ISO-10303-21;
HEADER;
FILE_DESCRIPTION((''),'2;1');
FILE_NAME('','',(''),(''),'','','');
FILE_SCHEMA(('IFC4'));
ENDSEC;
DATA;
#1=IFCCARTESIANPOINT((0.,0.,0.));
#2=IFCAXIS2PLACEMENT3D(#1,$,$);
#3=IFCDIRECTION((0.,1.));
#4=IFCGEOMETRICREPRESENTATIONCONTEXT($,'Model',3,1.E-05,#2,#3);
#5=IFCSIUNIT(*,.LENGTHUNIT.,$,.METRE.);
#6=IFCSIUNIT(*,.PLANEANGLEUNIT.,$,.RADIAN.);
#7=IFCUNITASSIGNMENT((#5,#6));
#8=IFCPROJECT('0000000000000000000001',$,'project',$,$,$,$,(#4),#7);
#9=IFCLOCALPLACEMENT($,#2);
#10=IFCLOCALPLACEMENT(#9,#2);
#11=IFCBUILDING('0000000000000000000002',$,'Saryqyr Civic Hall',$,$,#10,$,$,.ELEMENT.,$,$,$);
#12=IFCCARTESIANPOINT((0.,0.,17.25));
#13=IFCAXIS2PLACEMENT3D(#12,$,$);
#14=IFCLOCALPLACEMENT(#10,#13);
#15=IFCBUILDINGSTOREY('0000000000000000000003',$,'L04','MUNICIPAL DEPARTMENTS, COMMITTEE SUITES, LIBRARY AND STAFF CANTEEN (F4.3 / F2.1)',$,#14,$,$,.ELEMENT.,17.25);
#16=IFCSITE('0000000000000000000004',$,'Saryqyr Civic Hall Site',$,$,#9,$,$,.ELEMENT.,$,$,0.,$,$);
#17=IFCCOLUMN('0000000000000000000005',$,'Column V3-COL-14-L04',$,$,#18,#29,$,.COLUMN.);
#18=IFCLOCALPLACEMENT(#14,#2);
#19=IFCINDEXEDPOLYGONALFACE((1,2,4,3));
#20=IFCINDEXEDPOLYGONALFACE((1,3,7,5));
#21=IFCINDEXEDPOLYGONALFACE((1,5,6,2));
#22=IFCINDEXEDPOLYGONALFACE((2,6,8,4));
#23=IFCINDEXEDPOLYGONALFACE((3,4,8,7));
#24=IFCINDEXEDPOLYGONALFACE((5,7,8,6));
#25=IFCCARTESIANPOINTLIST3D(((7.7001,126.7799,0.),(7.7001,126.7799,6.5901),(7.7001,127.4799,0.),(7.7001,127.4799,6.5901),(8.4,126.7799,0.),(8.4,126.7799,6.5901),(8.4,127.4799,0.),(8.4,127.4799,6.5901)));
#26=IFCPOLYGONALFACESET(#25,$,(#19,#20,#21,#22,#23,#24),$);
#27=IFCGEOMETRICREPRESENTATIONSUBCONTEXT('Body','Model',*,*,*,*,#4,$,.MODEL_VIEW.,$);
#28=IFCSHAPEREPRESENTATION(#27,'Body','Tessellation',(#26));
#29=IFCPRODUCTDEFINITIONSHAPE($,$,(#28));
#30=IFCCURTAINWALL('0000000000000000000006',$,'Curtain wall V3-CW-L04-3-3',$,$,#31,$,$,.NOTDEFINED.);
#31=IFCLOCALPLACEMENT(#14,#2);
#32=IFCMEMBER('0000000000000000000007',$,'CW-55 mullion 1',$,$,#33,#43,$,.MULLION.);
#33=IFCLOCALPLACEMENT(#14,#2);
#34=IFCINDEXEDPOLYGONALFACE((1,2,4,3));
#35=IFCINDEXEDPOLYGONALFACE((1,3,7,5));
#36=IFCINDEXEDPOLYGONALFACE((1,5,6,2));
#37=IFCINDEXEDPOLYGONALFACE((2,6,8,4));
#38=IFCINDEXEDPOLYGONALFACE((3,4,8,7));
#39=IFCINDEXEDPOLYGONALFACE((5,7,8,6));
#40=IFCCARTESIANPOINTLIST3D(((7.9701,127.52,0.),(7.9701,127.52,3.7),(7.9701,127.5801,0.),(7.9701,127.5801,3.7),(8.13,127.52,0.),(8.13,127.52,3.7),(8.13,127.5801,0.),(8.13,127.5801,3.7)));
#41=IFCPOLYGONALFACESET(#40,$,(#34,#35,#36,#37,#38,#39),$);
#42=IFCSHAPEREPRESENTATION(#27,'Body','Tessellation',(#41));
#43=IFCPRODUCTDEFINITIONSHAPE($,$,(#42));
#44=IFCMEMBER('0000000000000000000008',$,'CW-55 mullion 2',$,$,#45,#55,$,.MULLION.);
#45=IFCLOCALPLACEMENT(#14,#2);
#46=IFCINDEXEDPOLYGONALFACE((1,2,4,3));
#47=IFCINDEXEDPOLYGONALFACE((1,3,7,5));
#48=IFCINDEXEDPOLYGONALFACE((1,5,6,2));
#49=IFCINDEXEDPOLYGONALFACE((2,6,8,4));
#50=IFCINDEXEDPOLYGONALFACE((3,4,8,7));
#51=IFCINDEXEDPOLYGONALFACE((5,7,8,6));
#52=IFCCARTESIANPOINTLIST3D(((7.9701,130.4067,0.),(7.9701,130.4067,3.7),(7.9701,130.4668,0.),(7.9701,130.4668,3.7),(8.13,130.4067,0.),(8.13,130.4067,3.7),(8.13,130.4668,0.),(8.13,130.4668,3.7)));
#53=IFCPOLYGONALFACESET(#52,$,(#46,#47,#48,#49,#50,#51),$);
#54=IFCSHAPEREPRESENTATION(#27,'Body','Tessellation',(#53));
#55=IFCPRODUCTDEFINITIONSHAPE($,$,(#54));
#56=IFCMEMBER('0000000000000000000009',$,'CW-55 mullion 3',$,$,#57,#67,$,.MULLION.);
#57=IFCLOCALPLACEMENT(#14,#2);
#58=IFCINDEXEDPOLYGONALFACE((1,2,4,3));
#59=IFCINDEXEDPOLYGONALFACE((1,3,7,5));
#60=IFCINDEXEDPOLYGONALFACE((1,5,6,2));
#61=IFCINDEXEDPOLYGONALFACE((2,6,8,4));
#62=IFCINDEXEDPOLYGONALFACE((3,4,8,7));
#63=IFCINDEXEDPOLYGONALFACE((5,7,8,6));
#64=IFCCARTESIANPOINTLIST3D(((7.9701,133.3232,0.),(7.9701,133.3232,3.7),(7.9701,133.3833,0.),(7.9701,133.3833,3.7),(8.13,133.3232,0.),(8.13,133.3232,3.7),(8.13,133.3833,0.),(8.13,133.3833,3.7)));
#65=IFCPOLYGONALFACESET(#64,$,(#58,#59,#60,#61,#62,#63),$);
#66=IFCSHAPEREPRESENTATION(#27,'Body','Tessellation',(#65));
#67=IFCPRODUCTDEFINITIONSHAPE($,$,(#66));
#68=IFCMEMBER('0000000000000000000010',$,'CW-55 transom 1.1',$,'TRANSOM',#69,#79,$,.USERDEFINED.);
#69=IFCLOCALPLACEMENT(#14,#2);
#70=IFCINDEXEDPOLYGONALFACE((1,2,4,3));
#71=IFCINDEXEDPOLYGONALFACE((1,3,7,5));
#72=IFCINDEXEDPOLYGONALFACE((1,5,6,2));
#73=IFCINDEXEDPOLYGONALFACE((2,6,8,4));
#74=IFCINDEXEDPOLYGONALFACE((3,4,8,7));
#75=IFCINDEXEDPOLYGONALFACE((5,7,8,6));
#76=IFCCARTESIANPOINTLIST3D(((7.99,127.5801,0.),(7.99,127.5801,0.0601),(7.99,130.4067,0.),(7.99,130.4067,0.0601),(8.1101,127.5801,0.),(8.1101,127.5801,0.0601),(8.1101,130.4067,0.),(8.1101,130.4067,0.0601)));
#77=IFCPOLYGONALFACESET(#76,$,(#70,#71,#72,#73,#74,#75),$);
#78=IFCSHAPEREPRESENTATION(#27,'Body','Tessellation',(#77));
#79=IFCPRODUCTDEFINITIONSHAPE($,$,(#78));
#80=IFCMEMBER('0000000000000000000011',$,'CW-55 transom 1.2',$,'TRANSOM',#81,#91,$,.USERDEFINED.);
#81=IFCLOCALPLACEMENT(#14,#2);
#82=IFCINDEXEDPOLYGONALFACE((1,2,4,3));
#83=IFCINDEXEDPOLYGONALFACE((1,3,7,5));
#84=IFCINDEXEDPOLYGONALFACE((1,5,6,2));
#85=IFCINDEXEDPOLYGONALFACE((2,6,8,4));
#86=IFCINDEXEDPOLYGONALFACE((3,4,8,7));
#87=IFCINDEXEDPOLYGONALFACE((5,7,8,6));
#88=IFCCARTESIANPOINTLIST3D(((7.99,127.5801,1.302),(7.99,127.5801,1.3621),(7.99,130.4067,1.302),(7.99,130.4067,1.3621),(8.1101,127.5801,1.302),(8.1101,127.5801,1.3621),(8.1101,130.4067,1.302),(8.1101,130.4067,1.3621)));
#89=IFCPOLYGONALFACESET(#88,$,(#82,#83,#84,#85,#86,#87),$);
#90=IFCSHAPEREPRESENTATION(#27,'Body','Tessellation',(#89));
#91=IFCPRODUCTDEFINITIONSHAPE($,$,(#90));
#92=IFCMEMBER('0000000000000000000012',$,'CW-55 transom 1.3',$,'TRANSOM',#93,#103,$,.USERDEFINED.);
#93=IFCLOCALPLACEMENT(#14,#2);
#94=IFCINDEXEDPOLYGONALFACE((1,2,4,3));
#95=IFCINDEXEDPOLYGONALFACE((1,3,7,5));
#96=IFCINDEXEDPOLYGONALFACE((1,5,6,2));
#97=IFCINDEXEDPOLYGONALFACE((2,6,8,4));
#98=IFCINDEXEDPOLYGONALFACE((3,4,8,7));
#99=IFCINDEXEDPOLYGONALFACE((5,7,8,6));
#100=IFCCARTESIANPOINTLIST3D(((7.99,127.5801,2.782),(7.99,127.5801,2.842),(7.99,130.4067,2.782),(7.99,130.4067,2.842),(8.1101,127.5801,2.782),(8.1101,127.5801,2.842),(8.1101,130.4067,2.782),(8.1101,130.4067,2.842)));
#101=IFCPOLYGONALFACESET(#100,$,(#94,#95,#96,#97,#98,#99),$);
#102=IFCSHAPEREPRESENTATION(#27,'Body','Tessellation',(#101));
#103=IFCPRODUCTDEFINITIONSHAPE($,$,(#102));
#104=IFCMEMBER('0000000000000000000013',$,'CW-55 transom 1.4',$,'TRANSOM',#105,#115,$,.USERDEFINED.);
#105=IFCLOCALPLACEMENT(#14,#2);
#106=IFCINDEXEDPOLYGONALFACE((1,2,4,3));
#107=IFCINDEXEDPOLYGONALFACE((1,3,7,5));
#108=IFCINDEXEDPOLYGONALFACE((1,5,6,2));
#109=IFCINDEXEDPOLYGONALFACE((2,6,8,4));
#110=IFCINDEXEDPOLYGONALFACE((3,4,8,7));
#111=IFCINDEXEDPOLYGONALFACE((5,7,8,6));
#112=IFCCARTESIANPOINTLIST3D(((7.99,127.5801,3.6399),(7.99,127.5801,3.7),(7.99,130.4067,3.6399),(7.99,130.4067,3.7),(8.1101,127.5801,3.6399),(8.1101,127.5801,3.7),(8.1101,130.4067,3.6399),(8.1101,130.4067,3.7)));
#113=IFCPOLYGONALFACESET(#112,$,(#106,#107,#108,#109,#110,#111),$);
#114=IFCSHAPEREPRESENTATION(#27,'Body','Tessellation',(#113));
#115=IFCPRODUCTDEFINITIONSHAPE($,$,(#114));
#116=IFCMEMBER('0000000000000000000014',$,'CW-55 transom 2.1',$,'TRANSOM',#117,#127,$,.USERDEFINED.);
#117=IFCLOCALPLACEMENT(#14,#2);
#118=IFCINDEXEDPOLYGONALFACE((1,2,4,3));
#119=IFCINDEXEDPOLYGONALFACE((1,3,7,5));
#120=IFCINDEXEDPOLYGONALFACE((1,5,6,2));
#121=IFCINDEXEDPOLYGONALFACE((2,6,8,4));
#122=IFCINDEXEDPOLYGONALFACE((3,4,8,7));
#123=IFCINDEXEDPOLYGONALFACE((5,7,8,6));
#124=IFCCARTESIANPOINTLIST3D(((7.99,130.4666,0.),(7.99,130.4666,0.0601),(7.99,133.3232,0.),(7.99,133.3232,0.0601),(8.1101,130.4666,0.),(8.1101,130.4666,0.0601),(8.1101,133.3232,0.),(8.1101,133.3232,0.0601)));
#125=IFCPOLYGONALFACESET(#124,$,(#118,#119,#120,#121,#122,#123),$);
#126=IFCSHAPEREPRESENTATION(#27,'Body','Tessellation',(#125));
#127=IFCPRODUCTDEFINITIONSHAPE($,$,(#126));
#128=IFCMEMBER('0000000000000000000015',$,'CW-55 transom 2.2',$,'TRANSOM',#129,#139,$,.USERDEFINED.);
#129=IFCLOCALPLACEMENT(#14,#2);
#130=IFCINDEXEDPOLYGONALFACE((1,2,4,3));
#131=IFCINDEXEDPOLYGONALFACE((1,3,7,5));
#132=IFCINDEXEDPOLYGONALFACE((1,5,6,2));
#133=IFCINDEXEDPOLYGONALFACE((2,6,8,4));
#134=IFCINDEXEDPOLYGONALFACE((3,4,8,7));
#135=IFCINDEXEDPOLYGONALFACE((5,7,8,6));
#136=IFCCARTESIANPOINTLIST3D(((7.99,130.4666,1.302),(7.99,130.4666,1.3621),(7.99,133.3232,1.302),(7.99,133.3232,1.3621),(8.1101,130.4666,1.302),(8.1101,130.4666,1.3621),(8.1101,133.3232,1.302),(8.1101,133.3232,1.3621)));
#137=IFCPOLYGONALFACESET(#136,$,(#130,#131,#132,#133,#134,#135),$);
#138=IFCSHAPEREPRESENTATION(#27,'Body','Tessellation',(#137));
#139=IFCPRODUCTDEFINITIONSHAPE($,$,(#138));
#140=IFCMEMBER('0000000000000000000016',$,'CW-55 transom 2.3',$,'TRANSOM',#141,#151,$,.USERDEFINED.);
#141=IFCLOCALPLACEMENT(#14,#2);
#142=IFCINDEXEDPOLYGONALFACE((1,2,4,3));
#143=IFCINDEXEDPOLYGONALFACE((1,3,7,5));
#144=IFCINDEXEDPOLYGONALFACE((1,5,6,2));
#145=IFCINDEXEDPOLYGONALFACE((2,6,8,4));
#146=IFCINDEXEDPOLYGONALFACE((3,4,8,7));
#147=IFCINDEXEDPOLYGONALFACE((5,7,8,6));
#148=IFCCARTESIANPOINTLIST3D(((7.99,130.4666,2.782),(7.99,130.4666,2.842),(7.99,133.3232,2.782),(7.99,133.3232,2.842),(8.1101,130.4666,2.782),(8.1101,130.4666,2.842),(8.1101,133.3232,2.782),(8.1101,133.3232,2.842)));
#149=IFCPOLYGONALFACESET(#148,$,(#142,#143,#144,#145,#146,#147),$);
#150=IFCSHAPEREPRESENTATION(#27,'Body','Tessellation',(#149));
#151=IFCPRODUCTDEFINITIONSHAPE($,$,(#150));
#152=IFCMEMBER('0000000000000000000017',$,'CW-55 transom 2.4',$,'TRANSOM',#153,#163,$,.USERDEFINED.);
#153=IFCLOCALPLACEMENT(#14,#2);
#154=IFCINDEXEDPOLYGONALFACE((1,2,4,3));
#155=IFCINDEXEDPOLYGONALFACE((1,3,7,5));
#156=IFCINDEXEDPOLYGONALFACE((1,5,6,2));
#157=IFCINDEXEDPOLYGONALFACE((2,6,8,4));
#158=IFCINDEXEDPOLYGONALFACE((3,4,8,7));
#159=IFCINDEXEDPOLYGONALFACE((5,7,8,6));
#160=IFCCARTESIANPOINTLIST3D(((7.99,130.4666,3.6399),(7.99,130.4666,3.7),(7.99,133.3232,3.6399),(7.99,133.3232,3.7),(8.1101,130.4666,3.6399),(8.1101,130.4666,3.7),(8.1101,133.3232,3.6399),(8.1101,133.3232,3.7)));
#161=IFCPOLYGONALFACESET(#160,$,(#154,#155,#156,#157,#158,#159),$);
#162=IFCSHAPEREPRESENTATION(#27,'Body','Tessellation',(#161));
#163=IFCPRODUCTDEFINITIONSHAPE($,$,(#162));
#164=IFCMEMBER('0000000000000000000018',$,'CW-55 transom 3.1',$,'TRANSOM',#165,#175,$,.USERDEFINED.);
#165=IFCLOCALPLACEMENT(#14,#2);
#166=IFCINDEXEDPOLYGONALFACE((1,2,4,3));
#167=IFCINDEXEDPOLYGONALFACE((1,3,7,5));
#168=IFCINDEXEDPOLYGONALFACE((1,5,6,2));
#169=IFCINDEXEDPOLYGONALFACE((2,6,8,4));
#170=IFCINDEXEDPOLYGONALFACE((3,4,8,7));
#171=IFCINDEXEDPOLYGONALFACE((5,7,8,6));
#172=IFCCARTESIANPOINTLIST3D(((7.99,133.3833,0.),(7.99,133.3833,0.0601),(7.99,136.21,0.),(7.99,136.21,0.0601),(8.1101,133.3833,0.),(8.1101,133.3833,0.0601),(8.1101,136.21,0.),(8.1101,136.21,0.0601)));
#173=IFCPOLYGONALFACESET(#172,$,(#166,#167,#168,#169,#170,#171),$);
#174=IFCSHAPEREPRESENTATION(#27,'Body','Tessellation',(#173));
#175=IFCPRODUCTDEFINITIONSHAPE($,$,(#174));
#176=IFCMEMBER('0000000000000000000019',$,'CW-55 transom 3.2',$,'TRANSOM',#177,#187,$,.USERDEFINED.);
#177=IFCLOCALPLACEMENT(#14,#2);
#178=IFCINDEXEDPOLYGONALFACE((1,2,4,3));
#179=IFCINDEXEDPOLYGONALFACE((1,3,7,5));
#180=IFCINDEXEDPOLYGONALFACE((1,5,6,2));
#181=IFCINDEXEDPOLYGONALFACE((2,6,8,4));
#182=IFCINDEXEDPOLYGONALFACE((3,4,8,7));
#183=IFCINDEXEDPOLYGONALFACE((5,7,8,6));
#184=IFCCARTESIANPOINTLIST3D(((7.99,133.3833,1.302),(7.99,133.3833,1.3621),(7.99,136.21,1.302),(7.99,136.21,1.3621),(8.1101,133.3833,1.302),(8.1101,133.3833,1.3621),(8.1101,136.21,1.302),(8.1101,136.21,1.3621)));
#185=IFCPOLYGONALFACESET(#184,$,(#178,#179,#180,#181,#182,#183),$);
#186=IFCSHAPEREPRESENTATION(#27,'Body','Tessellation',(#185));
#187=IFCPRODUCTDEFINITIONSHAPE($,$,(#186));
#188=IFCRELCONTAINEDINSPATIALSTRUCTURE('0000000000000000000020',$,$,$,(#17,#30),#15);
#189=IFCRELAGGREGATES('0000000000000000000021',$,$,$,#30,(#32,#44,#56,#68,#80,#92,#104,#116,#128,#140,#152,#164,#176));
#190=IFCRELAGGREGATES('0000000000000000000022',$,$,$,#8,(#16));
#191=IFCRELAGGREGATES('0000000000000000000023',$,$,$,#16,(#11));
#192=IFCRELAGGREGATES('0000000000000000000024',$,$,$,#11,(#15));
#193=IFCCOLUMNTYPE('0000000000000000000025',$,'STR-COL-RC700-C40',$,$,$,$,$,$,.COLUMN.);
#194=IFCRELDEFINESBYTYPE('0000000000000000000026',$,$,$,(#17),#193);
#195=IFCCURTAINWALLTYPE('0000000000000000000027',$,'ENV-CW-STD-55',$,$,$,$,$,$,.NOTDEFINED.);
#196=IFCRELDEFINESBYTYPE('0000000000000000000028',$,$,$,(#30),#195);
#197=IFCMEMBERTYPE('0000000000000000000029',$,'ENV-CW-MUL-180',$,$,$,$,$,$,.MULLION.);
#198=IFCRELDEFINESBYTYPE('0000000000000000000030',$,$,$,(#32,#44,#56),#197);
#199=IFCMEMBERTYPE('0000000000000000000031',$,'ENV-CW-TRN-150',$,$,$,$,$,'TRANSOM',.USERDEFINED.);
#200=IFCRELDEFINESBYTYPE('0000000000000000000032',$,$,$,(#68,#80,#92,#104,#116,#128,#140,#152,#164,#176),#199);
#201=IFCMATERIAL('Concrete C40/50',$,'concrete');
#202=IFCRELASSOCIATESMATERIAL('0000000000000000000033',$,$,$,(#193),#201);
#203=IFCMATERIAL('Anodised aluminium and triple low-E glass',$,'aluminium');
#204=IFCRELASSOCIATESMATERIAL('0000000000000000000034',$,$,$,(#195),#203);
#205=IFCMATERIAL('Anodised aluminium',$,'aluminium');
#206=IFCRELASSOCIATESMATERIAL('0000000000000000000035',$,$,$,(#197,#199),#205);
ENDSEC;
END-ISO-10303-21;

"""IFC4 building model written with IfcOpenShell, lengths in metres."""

from ifc_helpers import new_model, si_unit, direction, frame, origin, origin_2d, place, context, subcontext, project, spatial, rectangle, extrude, material, material_profile, profile_set, type_object, element, aggregate, save


model = new_model("IFC4")

# Units and contexts
model_context = context("Model", 3, precision=1e-05, world=origin(), true_north=direction((0.0, 1.0)))
body_context = subcontext(model_context, "Body", "Model", "MODEL_VIEW")
ifc_project = project(units=[si_unit("LENGTHUNIT", "METRE"), si_unit("PLANEANGLEUNIT", "RADIAN")], contexts=[model_context])

# Site, building, storey
site_placement = place(None, origin())
site = spatial("IfcSite", under=ifc_project, at=site_placement, Name="Saryqyr Civic Hall Site", CompositionType="ELEMENT", RefElevation=0.0)
building_placement = place(site_placement, origin())
building = spatial("IfcBuilding", under=site, at=building_placement, Name="Saryqyr Civic Hall", CompositionType="ELEMENT")
storey_placement = place(building_placement, frame((0.0, 0.0, 17.25)))
storey = spatial("IfcBuildingStorey", under=building, at=storey_placement, Name="L04", Description="MUNICIPAL DEPARTMENTS, COMMITTEE SUITES, LIBRARY AND STAFF CANTEEN (F4.3 / F2.1)", CompositionType="ELEMENT", Elevation=17.25)

# Column
ifc_material_1 = material(Name="Concrete C40/50", Category="concrete")
ifc_material_profile_1 = material_profile(ifc_material_1, rectangle(XDim=0.7, YDim=0.7, at=origin_2d()), Name="RC 700x700")
ifc_profile_set_1 = profile_set([ifc_material_profile_1], Name="Concrete C40/50")
column_type = type_object("IfcColumnType", Name="STR-COL-RC700-C40", PredefinedType="COLUMN", material=ifc_profile_set_1)
column_placement = place(storey_placement, frame((8.05, 127.1299, 0.0), z_axis=(0.0, 0.0, 1.0), x_axis=(1.0, 0.0, 0.0)))
element("IfcColumn", 1, at=column_placement, inside=storey, type_object=column_type, Name="Column V3-COL-14-L04", PredefinedType="COLUMN", context=body_context, shape_type="SweptSolid", body=[
    extrude(rectangle(XDim=0.7, YDim=0.7, at=origin_2d()), origin(), (0.0, 0.0, 1.0), 6.5901),
])

# Curtain wall, members
ifc_material_2 = material(Name="Anodised aluminium and triple low-E glass", Category="aluminium")
curtain_wall_type = type_object("IfcCurtainWallType", Name="ENV-CW-STD-55", PredefinedType="NOTDEFINED", material=ifc_material_2)
curtain_wall_placement = place(storey_placement, origin())
curtain_wall = element("IfcCurtainWall", 2, at=curtain_wall_placement, inside=storey, type_object=curtain_wall_type, Name="Curtain wall V3-CW-L04-3-3", PredefinedType="NOTDEFINED")
ifc_material_3 = material(Name="Anodised aluminium", Category="aluminium")
ifc_material_profile_2 = material_profile(ifc_material_3, rectangle(XDim=0.0601, YDim=0.1599, at=origin_2d()), Name="ALU MULLION 60x160")
ifc_profile_set_2 = profile_set([ifc_material_profile_2], Name="Anodised aluminium")
member_type_1 = type_object("IfcMemberType", Name="ENV-CW-MUL-180", PredefinedType="MULLION", material=ifc_profile_set_2)
member_1_placement = place(storey_placement, frame((8.05, 127.55, 0.0), z_axis=(0.0, 0.0, 1.0), x_axis=(0.0, 1.0, 0.0)))
member_1 = element("IfcMember", 3, at=member_1_placement, type_object=member_type_1, Name="CW-55 mullion 1", PredefinedType="MULLION", context=body_context, shape_type="SweptSolid", body=[
    extrude(rectangle(XDim=0.0601, YDim=0.1599, at=origin_2d()), origin(), (0.0, 0.0, 1.0), 3.7),
])
member_2_placement = place(storey_placement, frame((8.05, 130.4368, 0.0), z_axis=(0.0, 0.0, 1.0), x_axis=(0.0, 1.0, 0.0)))
member_2 = element("IfcMember", 4, at=member_2_placement, type_object=member_type_1, Name="CW-55 mullion 2", PredefinedType="MULLION", context=body_context, shape_type="SweptSolid", body=[
    extrude(rectangle(XDim=0.0601, YDim=0.1599, at=origin_2d()), origin(), (0.0, 0.0, 1.0), 3.7),
])
member_3_placement = place(storey_placement, frame((8.05, 133.3533, 0.0), z_axis=(0.0, 0.0, 1.0), x_axis=(0.0, 1.0, 0.0)))
member_3 = element("IfcMember", 5, at=member_3_placement, type_object=member_type_1, Name="CW-55 mullion 3", PredefinedType="MULLION", context=body_context, shape_type="SweptSolid", body=[
    extrude(rectangle(XDim=0.0601, YDim=0.1599, at=origin_2d()), origin(), (0.0, 0.0, 1.0), 3.7),
])
ifc_material_profile_3 = material_profile(ifc_material_3, rectangle(XDim=0.1201, YDim=0.0601, at=origin_2d()), Name="ALU TRANSOM 120x60")
ifc_profile_set_3 = profile_set([ifc_material_profile_3], Name="Anodised aluminium")
member_type_2 = type_object("IfcMemberType", Name="ENV-CW-TRN-150", ElementType="TRANSOM", PredefinedType="USERDEFINED", material=ifc_profile_set_3)
member_4_placement = place(storey_placement, frame((8.05, 127.5801, 0.03), z_axis=(0.0, 1.0, 0.0), x_axis=(-1.0, 0.0, 0.0)))
member_4 = element("IfcMember", 6, at=member_4_placement, type_object=member_type_2, Name="CW-55 transom 1.1", ObjectType="TRANSOM", PredefinedType="USERDEFINED", context=body_context, shape_type="SweptSolid", body=[
    extrude(rectangle(XDim=0.1201, YDim=0.0601, at=origin_2d()), origin(), (0.0, 0.0, 1.0), 2.8267),
])
member_5_placement = place(storey_placement, frame((8.05, 127.5801, 1.332), z_axis=(0.0, 1.0, 0.0), x_axis=(-1.0, 0.0, 0.0)))
member_5 = element("IfcMember", 7, at=member_5_placement, type_object=member_type_2, Name="CW-55 transom 1.2", ObjectType="TRANSOM", PredefinedType="USERDEFINED", context=body_context, shape_type="SweptSolid", body=[
    extrude(rectangle(XDim=0.1201, YDim=0.0601, at=origin_2d()), origin(), (0.0, 0.0, 1.0), 2.8267),
])
member_6_placement = place(storey_placement, frame((8.05, 127.5801, 2.812), z_axis=(0.0, 1.0, 0.0), x_axis=(-1.0, 0.0, 0.0)))
member_6 = element("IfcMember", 8, at=member_6_placement, type_object=member_type_2, Name="CW-55 transom 1.3", ObjectType="TRANSOM", PredefinedType="USERDEFINED", context=body_context, shape_type="SweptSolid", body=[
    extrude(rectangle(XDim=0.1201, YDim=0.0601, at=origin_2d()), origin(), (0.0, 0.0, 1.0), 2.8267),
])
member_7_placement = place(storey_placement, frame((8.05, 127.5801, 3.6699), z_axis=(0.0, 1.0, 0.0), x_axis=(-1.0, 0.0, 0.0)))
member_7 = element("IfcMember", 9, at=member_7_placement, type_object=member_type_2, Name="CW-55 transom 1.4", ObjectType="TRANSOM", PredefinedType="USERDEFINED", context=body_context, shape_type="SweptSolid", body=[
    extrude(rectangle(XDim=0.1201, YDim=0.0601, at=origin_2d()), origin(), (0.0, 0.0, 1.0), 2.8267),
])
member_8_placement = place(storey_placement, frame((8.05, 130.4666, 0.03), z_axis=(0.0, 1.0, 0.0), x_axis=(-1.0, 0.0, 0.0)))
member_8 = element("IfcMember", 10, at=member_8_placement, type_object=member_type_2, Name="CW-55 transom 2.1", ObjectType="TRANSOM", PredefinedType="USERDEFINED", context=body_context, shape_type="SweptSolid", body=[
    extrude(rectangle(XDim=0.1201, YDim=0.0601, at=origin_2d()), origin(), (0.0, 0.0, 1.0), 2.8567),
])
member_9_placement = place(storey_placement, frame((8.05, 130.4666, 1.332), z_axis=(0.0, 1.0, 0.0), x_axis=(-1.0, 0.0, 0.0)))
member_9 = element("IfcMember", 11, at=member_9_placement, type_object=member_type_2, Name="CW-55 transom 2.2", ObjectType="TRANSOM", PredefinedType="USERDEFINED", context=body_context, shape_type="SweptSolid", body=[
    extrude(rectangle(XDim=0.1201, YDim=0.0601, at=origin_2d()), origin(), (0.0, 0.0, 1.0), 2.8567),
])
member_10_placement = place(storey_placement, frame((8.05, 130.4666, 2.812), z_axis=(0.0, 1.0, 0.0), x_axis=(-1.0, 0.0, 0.0)))
member_10 = element("IfcMember", 12, at=member_10_placement, type_object=member_type_2, Name="CW-55 transom 2.3", ObjectType="TRANSOM", PredefinedType="USERDEFINED", context=body_context, shape_type="SweptSolid", body=[
    extrude(rectangle(XDim=0.1201, YDim=0.0601, at=origin_2d()), origin(), (0.0, 0.0, 1.0), 2.8567),
])
member_11_placement = place(storey_placement, frame((8.05, 130.4666, 3.6699), z_axis=(0.0, 1.0, 0.0), x_axis=(-1.0, 0.0, 0.0)))
member_11 = element("IfcMember", 13, at=member_11_placement, type_object=member_type_2, Name="CW-55 transom 2.4", ObjectType="TRANSOM", PredefinedType="USERDEFINED", context=body_context, shape_type="SweptSolid", body=[
    extrude(rectangle(XDim=0.1201, YDim=0.0601, at=origin_2d()), origin(), (0.0, 0.0, 1.0), 2.8567),
])
member_12_placement = place(storey_placement, frame((8.05, 133.3833, 0.03), z_axis=(0.0, 1.0, 0.0), x_axis=(-1.0, 0.0, 0.0)))
member_12 = element("IfcMember", 14, at=member_12_placement, type_object=member_type_2, Name="CW-55 transom 3.1", ObjectType="TRANSOM", PredefinedType="USERDEFINED", context=body_context, shape_type="SweptSolid", body=[
    extrude(rectangle(XDim=0.1201, YDim=0.0601, at=origin_2d()), origin(), (0.0, 0.0, 1.0), 2.8267),
])
member_13_placement = place(storey_placement, frame((8.05, 133.3833, 1.332), z_axis=(0.0, 1.0, 0.0), x_axis=(-1.0, 0.0, 0.0)))
member_13 = element("IfcMember", 15, at=member_13_placement, type_object=member_type_2, Name="CW-55 transom 3.2", ObjectType="TRANSOM", PredefinedType="USERDEFINED", context=body_context, shape_type="SweptSolid", body=[
    extrude(rectangle(XDim=0.1201, YDim=0.0601, at=origin_2d()), origin(), (0.0, 0.0, 1.0), 2.8267),
])

aggregate(curtain_wall, [member_1, member_2, member_3, member_4, member_5, member_6, member_7, member_8, member_9, member_10, member_11, member_12, member_13])

save(model, "model.ifc")
